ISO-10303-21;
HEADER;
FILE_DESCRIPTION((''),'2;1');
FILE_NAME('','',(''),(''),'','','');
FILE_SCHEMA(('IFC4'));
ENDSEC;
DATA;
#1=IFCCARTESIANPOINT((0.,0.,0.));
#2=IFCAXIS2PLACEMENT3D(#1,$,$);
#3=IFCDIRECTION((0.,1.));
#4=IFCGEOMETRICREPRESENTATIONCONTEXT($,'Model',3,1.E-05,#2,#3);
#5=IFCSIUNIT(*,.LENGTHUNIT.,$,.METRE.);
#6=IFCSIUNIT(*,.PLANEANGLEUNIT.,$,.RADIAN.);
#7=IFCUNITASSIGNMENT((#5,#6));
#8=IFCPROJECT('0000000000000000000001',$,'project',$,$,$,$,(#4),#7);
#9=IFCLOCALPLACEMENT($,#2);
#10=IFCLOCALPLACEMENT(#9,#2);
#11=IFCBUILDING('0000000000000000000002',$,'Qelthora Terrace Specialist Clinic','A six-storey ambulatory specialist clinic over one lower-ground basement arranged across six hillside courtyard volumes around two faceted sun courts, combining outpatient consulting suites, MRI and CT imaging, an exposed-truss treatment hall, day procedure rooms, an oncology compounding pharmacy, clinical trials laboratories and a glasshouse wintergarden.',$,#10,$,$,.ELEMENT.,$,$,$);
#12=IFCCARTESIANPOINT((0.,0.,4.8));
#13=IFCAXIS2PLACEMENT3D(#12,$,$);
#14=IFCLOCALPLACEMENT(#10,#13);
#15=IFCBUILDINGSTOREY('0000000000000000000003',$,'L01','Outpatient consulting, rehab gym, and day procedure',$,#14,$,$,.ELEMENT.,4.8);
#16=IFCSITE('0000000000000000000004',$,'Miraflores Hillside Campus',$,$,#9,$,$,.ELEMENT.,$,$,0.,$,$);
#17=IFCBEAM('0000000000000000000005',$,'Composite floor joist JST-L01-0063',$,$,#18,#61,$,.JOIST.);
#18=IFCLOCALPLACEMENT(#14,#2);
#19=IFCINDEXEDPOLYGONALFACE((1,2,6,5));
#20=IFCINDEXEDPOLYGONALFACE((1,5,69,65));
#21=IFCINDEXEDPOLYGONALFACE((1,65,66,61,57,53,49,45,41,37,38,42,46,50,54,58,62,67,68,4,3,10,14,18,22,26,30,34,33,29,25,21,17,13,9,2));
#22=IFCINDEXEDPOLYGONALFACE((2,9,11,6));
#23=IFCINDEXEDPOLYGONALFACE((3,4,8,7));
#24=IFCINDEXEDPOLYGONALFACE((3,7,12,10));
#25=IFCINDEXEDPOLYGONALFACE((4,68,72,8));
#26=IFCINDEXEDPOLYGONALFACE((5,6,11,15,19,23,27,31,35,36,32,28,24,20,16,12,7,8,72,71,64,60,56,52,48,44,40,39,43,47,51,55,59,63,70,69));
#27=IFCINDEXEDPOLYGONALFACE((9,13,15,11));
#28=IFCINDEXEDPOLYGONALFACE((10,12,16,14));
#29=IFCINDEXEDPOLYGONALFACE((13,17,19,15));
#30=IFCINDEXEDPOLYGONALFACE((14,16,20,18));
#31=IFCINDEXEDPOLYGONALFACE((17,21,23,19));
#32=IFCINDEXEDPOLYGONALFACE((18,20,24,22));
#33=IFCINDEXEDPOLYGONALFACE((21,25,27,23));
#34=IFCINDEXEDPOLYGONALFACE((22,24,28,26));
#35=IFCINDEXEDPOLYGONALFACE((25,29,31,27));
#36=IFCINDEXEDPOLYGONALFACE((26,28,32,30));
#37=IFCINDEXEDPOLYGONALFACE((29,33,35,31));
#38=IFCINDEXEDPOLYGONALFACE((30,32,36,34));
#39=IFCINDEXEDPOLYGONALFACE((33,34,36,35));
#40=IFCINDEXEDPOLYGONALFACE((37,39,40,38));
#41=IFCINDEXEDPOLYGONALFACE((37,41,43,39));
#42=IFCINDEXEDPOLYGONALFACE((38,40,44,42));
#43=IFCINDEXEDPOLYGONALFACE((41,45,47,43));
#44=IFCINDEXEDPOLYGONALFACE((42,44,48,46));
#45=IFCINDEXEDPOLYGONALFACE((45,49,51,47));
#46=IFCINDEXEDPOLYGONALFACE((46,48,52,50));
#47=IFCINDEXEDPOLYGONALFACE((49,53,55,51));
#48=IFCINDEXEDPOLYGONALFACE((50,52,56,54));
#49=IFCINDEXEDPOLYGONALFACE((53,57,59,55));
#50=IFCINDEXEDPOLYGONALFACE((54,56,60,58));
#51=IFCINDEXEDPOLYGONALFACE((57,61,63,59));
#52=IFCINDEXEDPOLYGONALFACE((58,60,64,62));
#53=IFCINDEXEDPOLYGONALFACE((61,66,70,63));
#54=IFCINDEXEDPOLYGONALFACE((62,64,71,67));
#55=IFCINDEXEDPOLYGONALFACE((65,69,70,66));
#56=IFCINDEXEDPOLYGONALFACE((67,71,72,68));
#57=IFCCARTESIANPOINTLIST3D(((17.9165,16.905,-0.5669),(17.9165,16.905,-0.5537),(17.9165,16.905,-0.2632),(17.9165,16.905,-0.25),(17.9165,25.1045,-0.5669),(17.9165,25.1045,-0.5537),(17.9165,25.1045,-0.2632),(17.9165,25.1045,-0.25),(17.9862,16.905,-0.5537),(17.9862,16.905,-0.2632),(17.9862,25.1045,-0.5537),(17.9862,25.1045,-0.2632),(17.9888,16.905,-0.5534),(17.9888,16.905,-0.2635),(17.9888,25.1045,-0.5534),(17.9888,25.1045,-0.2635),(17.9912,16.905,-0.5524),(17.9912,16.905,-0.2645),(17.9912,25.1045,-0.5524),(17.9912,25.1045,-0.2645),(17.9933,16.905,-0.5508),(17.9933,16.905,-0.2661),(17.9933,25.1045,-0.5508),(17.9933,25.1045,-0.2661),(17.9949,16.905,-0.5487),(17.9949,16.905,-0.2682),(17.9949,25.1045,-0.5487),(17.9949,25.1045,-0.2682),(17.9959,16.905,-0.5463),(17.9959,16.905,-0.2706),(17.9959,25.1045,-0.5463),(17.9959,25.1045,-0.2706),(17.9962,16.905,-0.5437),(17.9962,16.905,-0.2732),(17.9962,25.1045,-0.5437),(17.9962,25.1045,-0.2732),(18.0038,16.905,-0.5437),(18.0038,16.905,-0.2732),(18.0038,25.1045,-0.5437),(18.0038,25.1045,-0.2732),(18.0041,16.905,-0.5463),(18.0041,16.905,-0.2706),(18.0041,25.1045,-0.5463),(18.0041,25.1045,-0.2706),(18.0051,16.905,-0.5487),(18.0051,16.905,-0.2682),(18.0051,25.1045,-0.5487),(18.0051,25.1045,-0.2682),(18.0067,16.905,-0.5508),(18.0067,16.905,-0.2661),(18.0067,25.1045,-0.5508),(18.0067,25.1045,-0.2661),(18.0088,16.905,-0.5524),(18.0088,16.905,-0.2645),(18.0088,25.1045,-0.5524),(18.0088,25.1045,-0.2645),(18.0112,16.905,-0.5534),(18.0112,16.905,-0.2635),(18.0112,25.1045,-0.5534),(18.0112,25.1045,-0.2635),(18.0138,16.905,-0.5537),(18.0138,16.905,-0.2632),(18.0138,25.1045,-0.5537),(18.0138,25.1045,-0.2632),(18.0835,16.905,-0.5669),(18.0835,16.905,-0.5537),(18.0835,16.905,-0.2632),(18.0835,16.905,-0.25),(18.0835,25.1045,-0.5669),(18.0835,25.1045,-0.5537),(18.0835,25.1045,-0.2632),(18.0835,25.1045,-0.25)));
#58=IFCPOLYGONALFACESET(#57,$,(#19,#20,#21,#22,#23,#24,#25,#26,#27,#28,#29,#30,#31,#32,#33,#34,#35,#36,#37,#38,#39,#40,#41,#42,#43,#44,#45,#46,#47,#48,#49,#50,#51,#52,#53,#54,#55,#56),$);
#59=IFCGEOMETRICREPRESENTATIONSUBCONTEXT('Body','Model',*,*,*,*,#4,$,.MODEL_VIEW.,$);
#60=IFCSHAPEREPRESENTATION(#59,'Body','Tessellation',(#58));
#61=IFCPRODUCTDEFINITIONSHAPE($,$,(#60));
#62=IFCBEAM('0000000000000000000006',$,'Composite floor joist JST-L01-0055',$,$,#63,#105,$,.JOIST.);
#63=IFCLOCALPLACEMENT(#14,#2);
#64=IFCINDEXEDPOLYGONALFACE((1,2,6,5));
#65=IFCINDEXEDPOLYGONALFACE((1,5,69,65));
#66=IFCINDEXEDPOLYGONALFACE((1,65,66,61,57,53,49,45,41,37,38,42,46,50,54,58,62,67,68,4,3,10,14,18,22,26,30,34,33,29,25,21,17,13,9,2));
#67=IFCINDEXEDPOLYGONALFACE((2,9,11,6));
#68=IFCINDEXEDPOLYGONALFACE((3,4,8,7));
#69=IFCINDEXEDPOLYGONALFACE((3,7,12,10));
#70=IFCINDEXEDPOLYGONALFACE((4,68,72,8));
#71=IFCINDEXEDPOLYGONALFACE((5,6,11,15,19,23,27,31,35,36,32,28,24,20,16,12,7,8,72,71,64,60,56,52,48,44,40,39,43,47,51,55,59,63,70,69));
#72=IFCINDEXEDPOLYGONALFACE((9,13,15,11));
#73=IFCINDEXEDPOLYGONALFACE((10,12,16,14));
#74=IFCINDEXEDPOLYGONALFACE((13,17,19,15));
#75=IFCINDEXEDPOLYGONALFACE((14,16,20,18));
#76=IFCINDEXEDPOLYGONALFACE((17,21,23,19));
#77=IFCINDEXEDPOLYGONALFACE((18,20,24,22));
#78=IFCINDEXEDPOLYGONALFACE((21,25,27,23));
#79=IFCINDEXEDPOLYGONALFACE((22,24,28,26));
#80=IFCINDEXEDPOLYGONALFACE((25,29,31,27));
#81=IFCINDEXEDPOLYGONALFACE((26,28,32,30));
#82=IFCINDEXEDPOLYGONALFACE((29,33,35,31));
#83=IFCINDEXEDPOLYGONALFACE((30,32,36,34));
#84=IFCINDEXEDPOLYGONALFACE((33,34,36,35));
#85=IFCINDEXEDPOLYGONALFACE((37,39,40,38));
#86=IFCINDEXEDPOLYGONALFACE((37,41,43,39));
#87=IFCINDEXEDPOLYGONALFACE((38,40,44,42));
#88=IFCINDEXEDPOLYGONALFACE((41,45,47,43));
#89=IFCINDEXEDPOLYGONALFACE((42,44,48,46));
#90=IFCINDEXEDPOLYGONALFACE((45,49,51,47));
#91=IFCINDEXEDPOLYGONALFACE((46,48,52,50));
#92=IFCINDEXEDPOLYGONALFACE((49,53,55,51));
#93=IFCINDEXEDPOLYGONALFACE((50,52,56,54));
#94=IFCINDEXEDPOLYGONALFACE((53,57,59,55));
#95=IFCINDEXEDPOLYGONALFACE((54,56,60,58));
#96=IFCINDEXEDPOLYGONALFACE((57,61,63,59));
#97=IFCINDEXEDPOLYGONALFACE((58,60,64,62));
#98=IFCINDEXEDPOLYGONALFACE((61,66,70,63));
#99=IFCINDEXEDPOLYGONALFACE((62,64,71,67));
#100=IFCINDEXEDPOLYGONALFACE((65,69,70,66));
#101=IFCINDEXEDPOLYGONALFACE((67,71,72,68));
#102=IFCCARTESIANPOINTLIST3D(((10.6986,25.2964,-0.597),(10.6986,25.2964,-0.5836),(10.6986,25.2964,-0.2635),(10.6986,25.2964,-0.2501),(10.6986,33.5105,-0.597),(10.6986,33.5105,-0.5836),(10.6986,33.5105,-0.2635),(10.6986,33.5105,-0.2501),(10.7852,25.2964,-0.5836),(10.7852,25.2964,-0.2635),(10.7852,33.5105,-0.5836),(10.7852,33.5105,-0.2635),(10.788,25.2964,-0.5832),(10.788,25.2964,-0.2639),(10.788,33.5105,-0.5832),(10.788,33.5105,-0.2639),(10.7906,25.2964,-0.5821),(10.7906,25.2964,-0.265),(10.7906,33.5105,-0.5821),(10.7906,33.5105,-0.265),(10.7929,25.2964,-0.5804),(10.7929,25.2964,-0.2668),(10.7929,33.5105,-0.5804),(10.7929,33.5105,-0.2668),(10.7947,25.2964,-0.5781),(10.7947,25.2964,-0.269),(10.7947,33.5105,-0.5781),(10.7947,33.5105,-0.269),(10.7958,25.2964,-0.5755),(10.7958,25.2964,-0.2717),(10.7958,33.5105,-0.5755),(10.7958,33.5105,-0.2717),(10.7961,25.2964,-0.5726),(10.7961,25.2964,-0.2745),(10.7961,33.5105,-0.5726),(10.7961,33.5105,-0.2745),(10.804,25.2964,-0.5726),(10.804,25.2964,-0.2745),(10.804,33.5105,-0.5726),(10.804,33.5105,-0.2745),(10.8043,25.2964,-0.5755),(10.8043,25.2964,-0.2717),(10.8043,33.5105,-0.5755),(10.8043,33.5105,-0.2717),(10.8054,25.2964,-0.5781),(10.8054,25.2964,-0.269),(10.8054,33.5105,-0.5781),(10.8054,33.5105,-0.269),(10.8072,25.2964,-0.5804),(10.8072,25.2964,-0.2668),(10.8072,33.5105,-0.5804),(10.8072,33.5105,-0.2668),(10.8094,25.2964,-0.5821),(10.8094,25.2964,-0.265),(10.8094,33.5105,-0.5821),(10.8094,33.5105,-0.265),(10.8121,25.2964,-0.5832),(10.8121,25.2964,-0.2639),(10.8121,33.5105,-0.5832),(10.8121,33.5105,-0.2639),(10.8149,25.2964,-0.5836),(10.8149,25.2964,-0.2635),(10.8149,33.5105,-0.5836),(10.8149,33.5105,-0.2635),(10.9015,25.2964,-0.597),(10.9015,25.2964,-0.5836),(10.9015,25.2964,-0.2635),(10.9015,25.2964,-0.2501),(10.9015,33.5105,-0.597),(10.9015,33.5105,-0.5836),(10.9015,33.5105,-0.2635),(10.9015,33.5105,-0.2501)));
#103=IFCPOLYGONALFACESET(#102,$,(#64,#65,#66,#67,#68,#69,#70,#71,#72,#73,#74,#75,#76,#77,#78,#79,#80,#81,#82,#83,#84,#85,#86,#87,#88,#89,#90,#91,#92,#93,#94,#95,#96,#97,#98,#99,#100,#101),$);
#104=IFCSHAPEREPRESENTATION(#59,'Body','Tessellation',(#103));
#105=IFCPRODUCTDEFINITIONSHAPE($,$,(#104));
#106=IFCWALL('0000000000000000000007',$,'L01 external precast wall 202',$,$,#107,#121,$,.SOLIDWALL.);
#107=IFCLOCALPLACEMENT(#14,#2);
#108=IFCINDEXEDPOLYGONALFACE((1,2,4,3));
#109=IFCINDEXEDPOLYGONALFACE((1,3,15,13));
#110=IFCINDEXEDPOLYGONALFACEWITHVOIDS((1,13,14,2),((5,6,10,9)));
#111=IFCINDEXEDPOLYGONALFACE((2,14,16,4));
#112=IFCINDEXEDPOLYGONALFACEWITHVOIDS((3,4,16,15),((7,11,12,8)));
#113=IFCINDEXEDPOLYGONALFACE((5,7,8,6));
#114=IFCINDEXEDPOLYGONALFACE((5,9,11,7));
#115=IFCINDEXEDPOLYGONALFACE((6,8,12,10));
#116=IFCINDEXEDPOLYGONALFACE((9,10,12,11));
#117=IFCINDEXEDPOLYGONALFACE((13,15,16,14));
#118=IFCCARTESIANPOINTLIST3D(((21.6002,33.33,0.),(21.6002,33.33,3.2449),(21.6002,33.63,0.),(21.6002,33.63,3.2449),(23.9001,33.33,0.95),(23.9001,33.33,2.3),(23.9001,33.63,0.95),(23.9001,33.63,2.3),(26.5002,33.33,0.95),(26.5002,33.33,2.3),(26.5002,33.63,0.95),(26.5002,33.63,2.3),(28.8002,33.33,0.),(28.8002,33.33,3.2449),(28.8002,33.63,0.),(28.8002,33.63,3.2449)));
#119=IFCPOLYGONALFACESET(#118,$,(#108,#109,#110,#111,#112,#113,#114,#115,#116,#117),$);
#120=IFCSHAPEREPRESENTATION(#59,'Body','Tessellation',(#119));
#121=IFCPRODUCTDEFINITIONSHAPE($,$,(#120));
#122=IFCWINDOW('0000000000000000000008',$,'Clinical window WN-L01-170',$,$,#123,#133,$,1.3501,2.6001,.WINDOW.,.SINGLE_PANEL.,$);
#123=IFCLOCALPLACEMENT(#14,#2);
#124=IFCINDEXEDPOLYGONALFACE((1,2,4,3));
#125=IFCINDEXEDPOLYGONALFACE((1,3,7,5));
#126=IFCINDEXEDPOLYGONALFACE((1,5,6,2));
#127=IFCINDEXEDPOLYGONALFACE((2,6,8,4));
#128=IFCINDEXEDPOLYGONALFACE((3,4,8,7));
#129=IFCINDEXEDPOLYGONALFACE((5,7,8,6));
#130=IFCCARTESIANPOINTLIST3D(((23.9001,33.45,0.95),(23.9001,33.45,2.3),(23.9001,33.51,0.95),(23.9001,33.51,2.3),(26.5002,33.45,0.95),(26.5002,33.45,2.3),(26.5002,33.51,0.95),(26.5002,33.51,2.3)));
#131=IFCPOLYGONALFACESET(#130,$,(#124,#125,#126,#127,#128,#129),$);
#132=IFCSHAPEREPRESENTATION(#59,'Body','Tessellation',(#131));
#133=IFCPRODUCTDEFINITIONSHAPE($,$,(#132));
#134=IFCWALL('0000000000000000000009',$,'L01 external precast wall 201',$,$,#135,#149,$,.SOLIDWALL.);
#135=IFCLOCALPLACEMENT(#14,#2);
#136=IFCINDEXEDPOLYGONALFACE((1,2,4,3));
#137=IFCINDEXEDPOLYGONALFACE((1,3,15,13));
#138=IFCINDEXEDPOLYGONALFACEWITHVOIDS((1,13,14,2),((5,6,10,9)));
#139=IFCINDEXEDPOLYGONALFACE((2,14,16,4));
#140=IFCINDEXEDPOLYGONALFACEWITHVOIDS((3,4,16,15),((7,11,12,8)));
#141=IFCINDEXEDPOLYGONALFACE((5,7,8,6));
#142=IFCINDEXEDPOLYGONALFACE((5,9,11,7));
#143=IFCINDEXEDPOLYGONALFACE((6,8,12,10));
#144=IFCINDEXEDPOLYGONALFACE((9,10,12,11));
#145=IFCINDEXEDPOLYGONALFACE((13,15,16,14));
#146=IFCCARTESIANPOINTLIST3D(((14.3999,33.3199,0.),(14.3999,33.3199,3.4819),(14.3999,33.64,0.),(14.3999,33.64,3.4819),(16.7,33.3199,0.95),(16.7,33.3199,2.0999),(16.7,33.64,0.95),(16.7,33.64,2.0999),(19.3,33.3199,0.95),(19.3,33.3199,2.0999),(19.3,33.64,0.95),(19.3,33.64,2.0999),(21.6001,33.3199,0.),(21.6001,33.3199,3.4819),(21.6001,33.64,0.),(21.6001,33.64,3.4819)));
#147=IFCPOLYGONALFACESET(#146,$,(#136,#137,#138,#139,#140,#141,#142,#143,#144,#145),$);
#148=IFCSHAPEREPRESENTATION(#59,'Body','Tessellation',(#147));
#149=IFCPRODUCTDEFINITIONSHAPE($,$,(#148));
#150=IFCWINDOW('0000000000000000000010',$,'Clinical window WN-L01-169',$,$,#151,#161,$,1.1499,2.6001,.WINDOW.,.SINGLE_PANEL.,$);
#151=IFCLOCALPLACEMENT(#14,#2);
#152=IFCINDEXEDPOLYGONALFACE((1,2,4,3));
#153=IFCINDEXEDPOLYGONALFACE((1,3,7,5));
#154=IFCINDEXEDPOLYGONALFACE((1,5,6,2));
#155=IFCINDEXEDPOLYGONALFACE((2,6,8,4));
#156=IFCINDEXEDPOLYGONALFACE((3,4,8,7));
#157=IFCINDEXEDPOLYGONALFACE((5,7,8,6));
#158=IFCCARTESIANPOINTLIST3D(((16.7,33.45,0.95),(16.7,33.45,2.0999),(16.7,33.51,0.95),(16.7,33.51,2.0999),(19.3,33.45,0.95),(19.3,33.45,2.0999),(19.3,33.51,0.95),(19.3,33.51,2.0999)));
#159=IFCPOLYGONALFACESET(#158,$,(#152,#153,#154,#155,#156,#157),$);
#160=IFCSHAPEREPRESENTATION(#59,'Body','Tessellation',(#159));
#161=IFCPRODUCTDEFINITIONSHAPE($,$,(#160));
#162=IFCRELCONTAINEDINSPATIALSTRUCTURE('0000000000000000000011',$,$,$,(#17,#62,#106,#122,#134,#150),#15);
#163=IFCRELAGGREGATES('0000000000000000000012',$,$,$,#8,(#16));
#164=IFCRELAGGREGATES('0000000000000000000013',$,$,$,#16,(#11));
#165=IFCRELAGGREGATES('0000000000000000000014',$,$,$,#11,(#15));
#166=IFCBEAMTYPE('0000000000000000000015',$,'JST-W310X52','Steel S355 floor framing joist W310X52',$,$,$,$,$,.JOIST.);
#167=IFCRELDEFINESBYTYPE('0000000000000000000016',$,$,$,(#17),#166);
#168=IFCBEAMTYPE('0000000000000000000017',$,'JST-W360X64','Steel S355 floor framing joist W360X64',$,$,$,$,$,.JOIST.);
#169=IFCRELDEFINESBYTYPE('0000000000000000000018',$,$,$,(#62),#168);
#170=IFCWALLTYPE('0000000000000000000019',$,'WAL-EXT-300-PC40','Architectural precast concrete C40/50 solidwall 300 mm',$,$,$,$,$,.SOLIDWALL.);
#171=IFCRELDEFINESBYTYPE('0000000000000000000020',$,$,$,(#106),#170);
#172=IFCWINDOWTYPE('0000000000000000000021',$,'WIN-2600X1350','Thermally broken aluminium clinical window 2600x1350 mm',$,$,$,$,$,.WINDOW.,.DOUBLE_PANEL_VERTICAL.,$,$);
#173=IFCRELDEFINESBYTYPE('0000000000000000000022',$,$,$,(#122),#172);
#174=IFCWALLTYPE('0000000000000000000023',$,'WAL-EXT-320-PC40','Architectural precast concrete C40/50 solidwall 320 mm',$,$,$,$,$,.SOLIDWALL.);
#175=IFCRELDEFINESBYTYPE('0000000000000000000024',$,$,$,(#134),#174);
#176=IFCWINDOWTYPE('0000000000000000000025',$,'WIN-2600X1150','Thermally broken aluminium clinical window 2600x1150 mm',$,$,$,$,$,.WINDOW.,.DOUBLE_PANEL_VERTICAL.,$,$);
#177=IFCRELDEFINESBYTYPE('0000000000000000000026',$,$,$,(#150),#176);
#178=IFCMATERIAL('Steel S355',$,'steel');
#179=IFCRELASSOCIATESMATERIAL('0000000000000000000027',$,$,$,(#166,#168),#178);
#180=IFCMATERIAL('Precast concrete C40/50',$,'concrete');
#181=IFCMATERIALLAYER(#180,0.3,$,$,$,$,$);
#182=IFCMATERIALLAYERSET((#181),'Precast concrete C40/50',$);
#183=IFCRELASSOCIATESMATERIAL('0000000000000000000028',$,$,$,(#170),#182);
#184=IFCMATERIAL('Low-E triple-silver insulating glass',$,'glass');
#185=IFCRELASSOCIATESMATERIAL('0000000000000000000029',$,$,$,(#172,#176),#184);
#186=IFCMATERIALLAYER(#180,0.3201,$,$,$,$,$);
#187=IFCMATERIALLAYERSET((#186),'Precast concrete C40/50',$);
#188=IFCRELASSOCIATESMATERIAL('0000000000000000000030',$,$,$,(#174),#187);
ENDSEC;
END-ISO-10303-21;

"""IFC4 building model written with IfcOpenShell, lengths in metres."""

from ifc_helpers import new_model, si_unit, direction, frame, frame_2d, origin, origin_2d, place, context, subcontext, project, spatial, rectangle, i_section, extrude, material, layer, layer_set, material_profile, profile_set, type_object, element, fill, save


model = new_model("IFC4")

# Units and contexts
model_context = context("Model", 3, precision=1e-05, world=origin(), true_north=direction((0.0, 1.0)))
body_context = subcontext(model_context, "Body", "Model", "MODEL_VIEW")
ifc_project = project(units=[si_unit("LENGTHUNIT", "METRE"), si_unit("PLANEANGLEUNIT", "RADIAN")], contexts=[model_context])

# Site, building, storey
site_placement = place(None, origin())
site = spatial("IfcSite", under=ifc_project, at=site_placement, Name="Miraflores Hillside Campus", CompositionType="ELEMENT", RefElevation=0.0)
building_placement = place(site_placement, origin())
building = spatial("IfcBuilding", under=site, at=building_placement, Name="Qelthora Terrace Specialist Clinic", Description="A six-storey ambulatory specialist clinic over one lower-ground basement arranged across six hillside courtyard volumes around two faceted sun courts, combining outpatient consulting suites, MRI and CT imaging, an exposed-truss treatment hall, day procedure rooms, an oncology compounding pharmacy, clinical trials laboratories and a glasshouse wintergarden.", CompositionType="ELEMENT")
storey_placement = place(building_placement, frame((0.0, 0.0, 4.8)))
storey = spatial("IfcBuildingStorey", under=building, at=storey_placement, Name="L01", Description="Outpatient consulting, rehab gym, and day procedure", CompositionType="ELEMENT", Elevation=4.8)

# Shared definitions
ifc_material_1 = material(Name="Steel S355", Category="steel")

# Beams
ifc_material_profile_1 = material_profile(ifc_material_1, i_section(OverallWidth=0.167, OverallDepth=0.3169, WebThickness=0.0076, FlangeThickness=0.0132, FilletRadius=0.01, at=origin_2d()), Name="W310X52")
ifc_profile_set_1 = profile_set([ifc_material_profile_1], Name="Steel S355")
beam_type_1 = type_object("IfcBeamType", Name="JST-W310X52", Description="Steel S355 floor framing joist W310X52", PredefinedType="JOIST", material=ifc_profile_set_1)
beam_1_placement = place(storey_placement, frame((18.0, 16.905, -0.4084), z_axis=(0.0, 1.0, 0.0), x_axis=(-1.0, 0.0, 0.0)))
element("IfcBeam", 1, at=beam_1_placement, inside=storey, type_object=beam_type_1, Name="Composite floor joist JST-L01-0063", PredefinedType="JOIST", context=body_context, shape_type="SweptSolid", body=[
    extrude(i_section(OverallWidth=0.167, OverallDepth=0.3169, WebThickness=0.0076, FlangeThickness=0.0132, FilletRadius=0.01, at=origin_2d()), origin(), (0.0, 0.0, 1.0), 8.1995),
])
ifc_material_profile_2 = material_profile(ifc_material_1, i_section(OverallWidth=0.2029, OverallDepth=0.3469, WebThickness=0.0078, FlangeThickness=0.0134, FilletRadius=0.011, at=origin_2d()), Name="W360X64")
ifc_profile_set_2 = profile_set([ifc_material_profile_2], Name="Steel S355")
beam_type_2 = type_object("IfcBeamType", Name="JST-W360X64", Description="Steel S355 floor framing joist W360X64", PredefinedType="JOIST", material=ifc_profile_set_2)
beam_2_placement = place(storey_placement, frame((10.8, 25.2964, -0.4236), z_axis=(0.0, 1.0, 0.0), x_axis=(-1.0, 0.0, 0.0)))
element("IfcBeam", 2, at=beam_2_placement, inside=storey, type_object=beam_type_2, Name="Composite floor joist JST-L01-0055", PredefinedType="JOIST", context=body_context, shape_type="SweptSolid", body=[
    extrude(i_section(OverallWidth=0.2029, OverallDepth=0.3469, WebThickness=0.0078, FlangeThickness=0.0134, FilletRadius=0.011, at=origin_2d()), origin(), (0.0, 0.0, 1.0), 8.2141),
])

# Walls, openings, windows
ifc_material_2 = material(Name="Precast concrete C40/50", Category="concrete")
ifc_layer_1 = layer(ifc_material_2, 0.3)
ifc_layer_set_1 = layer_set([ifc_layer_1], Name="Precast concrete C40/50")
wall_type_1 = type_object("IfcWallType", Name="WAL-EXT-300-PC40", Description="Architectural precast concrete C40/50 solidwall 300 mm", PredefinedType="SOLIDWALL", material=ifc_layer_set_1)
wall_1_placement = place(storey_placement, frame((21.6001, 33.48, 0.0), z_axis=(0.0, 0.0, 1.0), x_axis=(1.0, 0.0, 0.0)))
wall_1 = element("IfcWall", 3, at=wall_1_placement, inside=storey, type_object=wall_type_1, Name="L01 external precast wall 202", PredefinedType="SOLIDWALL", context=body_context, shape_type="SweptSolid", body=[
    extrude(rectangle(XDim=7.2, YDim=0.3, at=frame_2d((3.6001, 0.0))), origin(), (0.0, 0.0, 1.0), 3.2449),
])
opening_1_placement = place(wall_1_placement, frame((2.3, 0.0, 0.95)))
opening_1 = element("IfcOpeningElement", 4, at=opening_1_placement, cuts=wall_1, PredefinedType="OPENING", context=body_context, shape_type="SweptSolid", body=[
    extrude(rectangle(XDim=2.6001, YDim=1.3501, at=frame_2d((1.3, 0.675))), frame((0.0, 0.1599, 0.0), z_axis=(0.0, -1.0, 0.0), x_axis=(1.0, 0.0, 0.0)), (0.0, 0.0, 1.0), 0.3201),
])
ifc_material_3 = material(Name="Low-E triple-silver insulating glass", Category="glass")
window_type_1 = type_object("IfcWindowType", Name="WIN-2600X1350", Description="Thermally broken aluminium clinical window 2600x1350 mm", PartitioningType="DOUBLE_PANEL_VERTICAL", PredefinedType="WINDOW", material=ifc_material_3)
window_1_placement = place(opening_1_placement, origin())
window_1 = element("IfcWindow", 5, at=window_1_placement, inside=storey, type_object=window_type_1, Name="Clinical window WN-L01-170", OverallHeight=1.3501, OverallWidth=2.6001, PartitioningType="SINGLE_PANEL", PredefinedType="WINDOW", context=body_context, shape_type="SweptSolid", body=[
    extrude(rectangle(XDim=2.6001, YDim=1.3501, at=frame_2d((1.3, 0.675))), frame((0.0, 0.03, 0.0), z_axis=(0.0, -1.0, 0.0), x_axis=(1.0, 0.0, 0.0)), (0.0, 0.0, 1.0), 0.0601),
])
fill(opening_1, window_1)
ifc_layer_2 = layer(ifc_material_2, 0.3201)
ifc_layer_set_2 = layer_set([ifc_layer_2], Name="Precast concrete C40/50")
wall_type_2 = type_object("IfcWallType", Name="WAL-EXT-320-PC40", Description="Architectural precast concrete C40/50 solidwall 320 mm", PredefinedType="SOLIDWALL", material=ifc_layer_set_2)
wall_2_placement = place(storey_placement, frame((14.3999, 33.48, 0.0), z_axis=(0.0, 0.0, 1.0), x_axis=(1.0, 0.0, 0.0)))
wall_2 = element("IfcWall", 6, at=wall_2_placement, inside=storey, type_object=wall_type_2, Name="L01 external precast wall 201", PredefinedType="SOLIDWALL", context=body_context, shape_type="SweptSolid", body=[
    extrude(rectangle(XDim=7.2002, YDim=0.3201, at=frame_2d((3.6001, 0.0))), origin(), (0.0, 0.0, 1.0), 3.4819),
])
opening_2_placement = place(wall_2_placement, frame((2.3, 0.0, 0.95)))
opening_2 = element("IfcOpeningElement", 7, at=opening_2_placement, cuts=wall_2, PredefinedType="OPENING", context=body_context, shape_type="SweptSolid", body=[
    extrude(rectangle(XDim=2.6001, YDim=1.1499, at=frame_2d((1.3, 0.575))), frame((0.0, 0.1699, 0.0), z_axis=(0.0, -1.0, 0.0), x_axis=(1.0, 0.0, 0.0)), (0.0, 0.0, 1.0), 0.3401),
])
window_type_2 = type_object("IfcWindowType", Name="WIN-2600X1150", Description="Thermally broken aluminium clinical window 2600x1150 mm", PartitioningType="DOUBLE_PANEL_VERTICAL", PredefinedType="WINDOW", material=ifc_material_3)
window_2_placement = place(opening_2_placement, origin())
window_2 = element("IfcWindow", 8, at=window_2_placement, inside=storey, type_object=window_type_2, Name="Clinical window WN-L01-169", OverallHeight=1.1499, OverallWidth=2.6001, PartitioningType="SINGLE_PANEL", PredefinedType="WINDOW", context=body_context, shape_type="SweptSolid", body=[
    extrude(rectangle(XDim=2.6001, YDim=1.1499, at=frame_2d((1.3, 0.575))), frame((0.0, 0.03, 0.0), z_axis=(0.0, -1.0, 0.0), x_axis=(1.0, 0.0, 0.0)), (0.0, 0.0, 1.0), 0.0601),
])
fill(opening_2, window_2)

save(model, "model.ifc")
